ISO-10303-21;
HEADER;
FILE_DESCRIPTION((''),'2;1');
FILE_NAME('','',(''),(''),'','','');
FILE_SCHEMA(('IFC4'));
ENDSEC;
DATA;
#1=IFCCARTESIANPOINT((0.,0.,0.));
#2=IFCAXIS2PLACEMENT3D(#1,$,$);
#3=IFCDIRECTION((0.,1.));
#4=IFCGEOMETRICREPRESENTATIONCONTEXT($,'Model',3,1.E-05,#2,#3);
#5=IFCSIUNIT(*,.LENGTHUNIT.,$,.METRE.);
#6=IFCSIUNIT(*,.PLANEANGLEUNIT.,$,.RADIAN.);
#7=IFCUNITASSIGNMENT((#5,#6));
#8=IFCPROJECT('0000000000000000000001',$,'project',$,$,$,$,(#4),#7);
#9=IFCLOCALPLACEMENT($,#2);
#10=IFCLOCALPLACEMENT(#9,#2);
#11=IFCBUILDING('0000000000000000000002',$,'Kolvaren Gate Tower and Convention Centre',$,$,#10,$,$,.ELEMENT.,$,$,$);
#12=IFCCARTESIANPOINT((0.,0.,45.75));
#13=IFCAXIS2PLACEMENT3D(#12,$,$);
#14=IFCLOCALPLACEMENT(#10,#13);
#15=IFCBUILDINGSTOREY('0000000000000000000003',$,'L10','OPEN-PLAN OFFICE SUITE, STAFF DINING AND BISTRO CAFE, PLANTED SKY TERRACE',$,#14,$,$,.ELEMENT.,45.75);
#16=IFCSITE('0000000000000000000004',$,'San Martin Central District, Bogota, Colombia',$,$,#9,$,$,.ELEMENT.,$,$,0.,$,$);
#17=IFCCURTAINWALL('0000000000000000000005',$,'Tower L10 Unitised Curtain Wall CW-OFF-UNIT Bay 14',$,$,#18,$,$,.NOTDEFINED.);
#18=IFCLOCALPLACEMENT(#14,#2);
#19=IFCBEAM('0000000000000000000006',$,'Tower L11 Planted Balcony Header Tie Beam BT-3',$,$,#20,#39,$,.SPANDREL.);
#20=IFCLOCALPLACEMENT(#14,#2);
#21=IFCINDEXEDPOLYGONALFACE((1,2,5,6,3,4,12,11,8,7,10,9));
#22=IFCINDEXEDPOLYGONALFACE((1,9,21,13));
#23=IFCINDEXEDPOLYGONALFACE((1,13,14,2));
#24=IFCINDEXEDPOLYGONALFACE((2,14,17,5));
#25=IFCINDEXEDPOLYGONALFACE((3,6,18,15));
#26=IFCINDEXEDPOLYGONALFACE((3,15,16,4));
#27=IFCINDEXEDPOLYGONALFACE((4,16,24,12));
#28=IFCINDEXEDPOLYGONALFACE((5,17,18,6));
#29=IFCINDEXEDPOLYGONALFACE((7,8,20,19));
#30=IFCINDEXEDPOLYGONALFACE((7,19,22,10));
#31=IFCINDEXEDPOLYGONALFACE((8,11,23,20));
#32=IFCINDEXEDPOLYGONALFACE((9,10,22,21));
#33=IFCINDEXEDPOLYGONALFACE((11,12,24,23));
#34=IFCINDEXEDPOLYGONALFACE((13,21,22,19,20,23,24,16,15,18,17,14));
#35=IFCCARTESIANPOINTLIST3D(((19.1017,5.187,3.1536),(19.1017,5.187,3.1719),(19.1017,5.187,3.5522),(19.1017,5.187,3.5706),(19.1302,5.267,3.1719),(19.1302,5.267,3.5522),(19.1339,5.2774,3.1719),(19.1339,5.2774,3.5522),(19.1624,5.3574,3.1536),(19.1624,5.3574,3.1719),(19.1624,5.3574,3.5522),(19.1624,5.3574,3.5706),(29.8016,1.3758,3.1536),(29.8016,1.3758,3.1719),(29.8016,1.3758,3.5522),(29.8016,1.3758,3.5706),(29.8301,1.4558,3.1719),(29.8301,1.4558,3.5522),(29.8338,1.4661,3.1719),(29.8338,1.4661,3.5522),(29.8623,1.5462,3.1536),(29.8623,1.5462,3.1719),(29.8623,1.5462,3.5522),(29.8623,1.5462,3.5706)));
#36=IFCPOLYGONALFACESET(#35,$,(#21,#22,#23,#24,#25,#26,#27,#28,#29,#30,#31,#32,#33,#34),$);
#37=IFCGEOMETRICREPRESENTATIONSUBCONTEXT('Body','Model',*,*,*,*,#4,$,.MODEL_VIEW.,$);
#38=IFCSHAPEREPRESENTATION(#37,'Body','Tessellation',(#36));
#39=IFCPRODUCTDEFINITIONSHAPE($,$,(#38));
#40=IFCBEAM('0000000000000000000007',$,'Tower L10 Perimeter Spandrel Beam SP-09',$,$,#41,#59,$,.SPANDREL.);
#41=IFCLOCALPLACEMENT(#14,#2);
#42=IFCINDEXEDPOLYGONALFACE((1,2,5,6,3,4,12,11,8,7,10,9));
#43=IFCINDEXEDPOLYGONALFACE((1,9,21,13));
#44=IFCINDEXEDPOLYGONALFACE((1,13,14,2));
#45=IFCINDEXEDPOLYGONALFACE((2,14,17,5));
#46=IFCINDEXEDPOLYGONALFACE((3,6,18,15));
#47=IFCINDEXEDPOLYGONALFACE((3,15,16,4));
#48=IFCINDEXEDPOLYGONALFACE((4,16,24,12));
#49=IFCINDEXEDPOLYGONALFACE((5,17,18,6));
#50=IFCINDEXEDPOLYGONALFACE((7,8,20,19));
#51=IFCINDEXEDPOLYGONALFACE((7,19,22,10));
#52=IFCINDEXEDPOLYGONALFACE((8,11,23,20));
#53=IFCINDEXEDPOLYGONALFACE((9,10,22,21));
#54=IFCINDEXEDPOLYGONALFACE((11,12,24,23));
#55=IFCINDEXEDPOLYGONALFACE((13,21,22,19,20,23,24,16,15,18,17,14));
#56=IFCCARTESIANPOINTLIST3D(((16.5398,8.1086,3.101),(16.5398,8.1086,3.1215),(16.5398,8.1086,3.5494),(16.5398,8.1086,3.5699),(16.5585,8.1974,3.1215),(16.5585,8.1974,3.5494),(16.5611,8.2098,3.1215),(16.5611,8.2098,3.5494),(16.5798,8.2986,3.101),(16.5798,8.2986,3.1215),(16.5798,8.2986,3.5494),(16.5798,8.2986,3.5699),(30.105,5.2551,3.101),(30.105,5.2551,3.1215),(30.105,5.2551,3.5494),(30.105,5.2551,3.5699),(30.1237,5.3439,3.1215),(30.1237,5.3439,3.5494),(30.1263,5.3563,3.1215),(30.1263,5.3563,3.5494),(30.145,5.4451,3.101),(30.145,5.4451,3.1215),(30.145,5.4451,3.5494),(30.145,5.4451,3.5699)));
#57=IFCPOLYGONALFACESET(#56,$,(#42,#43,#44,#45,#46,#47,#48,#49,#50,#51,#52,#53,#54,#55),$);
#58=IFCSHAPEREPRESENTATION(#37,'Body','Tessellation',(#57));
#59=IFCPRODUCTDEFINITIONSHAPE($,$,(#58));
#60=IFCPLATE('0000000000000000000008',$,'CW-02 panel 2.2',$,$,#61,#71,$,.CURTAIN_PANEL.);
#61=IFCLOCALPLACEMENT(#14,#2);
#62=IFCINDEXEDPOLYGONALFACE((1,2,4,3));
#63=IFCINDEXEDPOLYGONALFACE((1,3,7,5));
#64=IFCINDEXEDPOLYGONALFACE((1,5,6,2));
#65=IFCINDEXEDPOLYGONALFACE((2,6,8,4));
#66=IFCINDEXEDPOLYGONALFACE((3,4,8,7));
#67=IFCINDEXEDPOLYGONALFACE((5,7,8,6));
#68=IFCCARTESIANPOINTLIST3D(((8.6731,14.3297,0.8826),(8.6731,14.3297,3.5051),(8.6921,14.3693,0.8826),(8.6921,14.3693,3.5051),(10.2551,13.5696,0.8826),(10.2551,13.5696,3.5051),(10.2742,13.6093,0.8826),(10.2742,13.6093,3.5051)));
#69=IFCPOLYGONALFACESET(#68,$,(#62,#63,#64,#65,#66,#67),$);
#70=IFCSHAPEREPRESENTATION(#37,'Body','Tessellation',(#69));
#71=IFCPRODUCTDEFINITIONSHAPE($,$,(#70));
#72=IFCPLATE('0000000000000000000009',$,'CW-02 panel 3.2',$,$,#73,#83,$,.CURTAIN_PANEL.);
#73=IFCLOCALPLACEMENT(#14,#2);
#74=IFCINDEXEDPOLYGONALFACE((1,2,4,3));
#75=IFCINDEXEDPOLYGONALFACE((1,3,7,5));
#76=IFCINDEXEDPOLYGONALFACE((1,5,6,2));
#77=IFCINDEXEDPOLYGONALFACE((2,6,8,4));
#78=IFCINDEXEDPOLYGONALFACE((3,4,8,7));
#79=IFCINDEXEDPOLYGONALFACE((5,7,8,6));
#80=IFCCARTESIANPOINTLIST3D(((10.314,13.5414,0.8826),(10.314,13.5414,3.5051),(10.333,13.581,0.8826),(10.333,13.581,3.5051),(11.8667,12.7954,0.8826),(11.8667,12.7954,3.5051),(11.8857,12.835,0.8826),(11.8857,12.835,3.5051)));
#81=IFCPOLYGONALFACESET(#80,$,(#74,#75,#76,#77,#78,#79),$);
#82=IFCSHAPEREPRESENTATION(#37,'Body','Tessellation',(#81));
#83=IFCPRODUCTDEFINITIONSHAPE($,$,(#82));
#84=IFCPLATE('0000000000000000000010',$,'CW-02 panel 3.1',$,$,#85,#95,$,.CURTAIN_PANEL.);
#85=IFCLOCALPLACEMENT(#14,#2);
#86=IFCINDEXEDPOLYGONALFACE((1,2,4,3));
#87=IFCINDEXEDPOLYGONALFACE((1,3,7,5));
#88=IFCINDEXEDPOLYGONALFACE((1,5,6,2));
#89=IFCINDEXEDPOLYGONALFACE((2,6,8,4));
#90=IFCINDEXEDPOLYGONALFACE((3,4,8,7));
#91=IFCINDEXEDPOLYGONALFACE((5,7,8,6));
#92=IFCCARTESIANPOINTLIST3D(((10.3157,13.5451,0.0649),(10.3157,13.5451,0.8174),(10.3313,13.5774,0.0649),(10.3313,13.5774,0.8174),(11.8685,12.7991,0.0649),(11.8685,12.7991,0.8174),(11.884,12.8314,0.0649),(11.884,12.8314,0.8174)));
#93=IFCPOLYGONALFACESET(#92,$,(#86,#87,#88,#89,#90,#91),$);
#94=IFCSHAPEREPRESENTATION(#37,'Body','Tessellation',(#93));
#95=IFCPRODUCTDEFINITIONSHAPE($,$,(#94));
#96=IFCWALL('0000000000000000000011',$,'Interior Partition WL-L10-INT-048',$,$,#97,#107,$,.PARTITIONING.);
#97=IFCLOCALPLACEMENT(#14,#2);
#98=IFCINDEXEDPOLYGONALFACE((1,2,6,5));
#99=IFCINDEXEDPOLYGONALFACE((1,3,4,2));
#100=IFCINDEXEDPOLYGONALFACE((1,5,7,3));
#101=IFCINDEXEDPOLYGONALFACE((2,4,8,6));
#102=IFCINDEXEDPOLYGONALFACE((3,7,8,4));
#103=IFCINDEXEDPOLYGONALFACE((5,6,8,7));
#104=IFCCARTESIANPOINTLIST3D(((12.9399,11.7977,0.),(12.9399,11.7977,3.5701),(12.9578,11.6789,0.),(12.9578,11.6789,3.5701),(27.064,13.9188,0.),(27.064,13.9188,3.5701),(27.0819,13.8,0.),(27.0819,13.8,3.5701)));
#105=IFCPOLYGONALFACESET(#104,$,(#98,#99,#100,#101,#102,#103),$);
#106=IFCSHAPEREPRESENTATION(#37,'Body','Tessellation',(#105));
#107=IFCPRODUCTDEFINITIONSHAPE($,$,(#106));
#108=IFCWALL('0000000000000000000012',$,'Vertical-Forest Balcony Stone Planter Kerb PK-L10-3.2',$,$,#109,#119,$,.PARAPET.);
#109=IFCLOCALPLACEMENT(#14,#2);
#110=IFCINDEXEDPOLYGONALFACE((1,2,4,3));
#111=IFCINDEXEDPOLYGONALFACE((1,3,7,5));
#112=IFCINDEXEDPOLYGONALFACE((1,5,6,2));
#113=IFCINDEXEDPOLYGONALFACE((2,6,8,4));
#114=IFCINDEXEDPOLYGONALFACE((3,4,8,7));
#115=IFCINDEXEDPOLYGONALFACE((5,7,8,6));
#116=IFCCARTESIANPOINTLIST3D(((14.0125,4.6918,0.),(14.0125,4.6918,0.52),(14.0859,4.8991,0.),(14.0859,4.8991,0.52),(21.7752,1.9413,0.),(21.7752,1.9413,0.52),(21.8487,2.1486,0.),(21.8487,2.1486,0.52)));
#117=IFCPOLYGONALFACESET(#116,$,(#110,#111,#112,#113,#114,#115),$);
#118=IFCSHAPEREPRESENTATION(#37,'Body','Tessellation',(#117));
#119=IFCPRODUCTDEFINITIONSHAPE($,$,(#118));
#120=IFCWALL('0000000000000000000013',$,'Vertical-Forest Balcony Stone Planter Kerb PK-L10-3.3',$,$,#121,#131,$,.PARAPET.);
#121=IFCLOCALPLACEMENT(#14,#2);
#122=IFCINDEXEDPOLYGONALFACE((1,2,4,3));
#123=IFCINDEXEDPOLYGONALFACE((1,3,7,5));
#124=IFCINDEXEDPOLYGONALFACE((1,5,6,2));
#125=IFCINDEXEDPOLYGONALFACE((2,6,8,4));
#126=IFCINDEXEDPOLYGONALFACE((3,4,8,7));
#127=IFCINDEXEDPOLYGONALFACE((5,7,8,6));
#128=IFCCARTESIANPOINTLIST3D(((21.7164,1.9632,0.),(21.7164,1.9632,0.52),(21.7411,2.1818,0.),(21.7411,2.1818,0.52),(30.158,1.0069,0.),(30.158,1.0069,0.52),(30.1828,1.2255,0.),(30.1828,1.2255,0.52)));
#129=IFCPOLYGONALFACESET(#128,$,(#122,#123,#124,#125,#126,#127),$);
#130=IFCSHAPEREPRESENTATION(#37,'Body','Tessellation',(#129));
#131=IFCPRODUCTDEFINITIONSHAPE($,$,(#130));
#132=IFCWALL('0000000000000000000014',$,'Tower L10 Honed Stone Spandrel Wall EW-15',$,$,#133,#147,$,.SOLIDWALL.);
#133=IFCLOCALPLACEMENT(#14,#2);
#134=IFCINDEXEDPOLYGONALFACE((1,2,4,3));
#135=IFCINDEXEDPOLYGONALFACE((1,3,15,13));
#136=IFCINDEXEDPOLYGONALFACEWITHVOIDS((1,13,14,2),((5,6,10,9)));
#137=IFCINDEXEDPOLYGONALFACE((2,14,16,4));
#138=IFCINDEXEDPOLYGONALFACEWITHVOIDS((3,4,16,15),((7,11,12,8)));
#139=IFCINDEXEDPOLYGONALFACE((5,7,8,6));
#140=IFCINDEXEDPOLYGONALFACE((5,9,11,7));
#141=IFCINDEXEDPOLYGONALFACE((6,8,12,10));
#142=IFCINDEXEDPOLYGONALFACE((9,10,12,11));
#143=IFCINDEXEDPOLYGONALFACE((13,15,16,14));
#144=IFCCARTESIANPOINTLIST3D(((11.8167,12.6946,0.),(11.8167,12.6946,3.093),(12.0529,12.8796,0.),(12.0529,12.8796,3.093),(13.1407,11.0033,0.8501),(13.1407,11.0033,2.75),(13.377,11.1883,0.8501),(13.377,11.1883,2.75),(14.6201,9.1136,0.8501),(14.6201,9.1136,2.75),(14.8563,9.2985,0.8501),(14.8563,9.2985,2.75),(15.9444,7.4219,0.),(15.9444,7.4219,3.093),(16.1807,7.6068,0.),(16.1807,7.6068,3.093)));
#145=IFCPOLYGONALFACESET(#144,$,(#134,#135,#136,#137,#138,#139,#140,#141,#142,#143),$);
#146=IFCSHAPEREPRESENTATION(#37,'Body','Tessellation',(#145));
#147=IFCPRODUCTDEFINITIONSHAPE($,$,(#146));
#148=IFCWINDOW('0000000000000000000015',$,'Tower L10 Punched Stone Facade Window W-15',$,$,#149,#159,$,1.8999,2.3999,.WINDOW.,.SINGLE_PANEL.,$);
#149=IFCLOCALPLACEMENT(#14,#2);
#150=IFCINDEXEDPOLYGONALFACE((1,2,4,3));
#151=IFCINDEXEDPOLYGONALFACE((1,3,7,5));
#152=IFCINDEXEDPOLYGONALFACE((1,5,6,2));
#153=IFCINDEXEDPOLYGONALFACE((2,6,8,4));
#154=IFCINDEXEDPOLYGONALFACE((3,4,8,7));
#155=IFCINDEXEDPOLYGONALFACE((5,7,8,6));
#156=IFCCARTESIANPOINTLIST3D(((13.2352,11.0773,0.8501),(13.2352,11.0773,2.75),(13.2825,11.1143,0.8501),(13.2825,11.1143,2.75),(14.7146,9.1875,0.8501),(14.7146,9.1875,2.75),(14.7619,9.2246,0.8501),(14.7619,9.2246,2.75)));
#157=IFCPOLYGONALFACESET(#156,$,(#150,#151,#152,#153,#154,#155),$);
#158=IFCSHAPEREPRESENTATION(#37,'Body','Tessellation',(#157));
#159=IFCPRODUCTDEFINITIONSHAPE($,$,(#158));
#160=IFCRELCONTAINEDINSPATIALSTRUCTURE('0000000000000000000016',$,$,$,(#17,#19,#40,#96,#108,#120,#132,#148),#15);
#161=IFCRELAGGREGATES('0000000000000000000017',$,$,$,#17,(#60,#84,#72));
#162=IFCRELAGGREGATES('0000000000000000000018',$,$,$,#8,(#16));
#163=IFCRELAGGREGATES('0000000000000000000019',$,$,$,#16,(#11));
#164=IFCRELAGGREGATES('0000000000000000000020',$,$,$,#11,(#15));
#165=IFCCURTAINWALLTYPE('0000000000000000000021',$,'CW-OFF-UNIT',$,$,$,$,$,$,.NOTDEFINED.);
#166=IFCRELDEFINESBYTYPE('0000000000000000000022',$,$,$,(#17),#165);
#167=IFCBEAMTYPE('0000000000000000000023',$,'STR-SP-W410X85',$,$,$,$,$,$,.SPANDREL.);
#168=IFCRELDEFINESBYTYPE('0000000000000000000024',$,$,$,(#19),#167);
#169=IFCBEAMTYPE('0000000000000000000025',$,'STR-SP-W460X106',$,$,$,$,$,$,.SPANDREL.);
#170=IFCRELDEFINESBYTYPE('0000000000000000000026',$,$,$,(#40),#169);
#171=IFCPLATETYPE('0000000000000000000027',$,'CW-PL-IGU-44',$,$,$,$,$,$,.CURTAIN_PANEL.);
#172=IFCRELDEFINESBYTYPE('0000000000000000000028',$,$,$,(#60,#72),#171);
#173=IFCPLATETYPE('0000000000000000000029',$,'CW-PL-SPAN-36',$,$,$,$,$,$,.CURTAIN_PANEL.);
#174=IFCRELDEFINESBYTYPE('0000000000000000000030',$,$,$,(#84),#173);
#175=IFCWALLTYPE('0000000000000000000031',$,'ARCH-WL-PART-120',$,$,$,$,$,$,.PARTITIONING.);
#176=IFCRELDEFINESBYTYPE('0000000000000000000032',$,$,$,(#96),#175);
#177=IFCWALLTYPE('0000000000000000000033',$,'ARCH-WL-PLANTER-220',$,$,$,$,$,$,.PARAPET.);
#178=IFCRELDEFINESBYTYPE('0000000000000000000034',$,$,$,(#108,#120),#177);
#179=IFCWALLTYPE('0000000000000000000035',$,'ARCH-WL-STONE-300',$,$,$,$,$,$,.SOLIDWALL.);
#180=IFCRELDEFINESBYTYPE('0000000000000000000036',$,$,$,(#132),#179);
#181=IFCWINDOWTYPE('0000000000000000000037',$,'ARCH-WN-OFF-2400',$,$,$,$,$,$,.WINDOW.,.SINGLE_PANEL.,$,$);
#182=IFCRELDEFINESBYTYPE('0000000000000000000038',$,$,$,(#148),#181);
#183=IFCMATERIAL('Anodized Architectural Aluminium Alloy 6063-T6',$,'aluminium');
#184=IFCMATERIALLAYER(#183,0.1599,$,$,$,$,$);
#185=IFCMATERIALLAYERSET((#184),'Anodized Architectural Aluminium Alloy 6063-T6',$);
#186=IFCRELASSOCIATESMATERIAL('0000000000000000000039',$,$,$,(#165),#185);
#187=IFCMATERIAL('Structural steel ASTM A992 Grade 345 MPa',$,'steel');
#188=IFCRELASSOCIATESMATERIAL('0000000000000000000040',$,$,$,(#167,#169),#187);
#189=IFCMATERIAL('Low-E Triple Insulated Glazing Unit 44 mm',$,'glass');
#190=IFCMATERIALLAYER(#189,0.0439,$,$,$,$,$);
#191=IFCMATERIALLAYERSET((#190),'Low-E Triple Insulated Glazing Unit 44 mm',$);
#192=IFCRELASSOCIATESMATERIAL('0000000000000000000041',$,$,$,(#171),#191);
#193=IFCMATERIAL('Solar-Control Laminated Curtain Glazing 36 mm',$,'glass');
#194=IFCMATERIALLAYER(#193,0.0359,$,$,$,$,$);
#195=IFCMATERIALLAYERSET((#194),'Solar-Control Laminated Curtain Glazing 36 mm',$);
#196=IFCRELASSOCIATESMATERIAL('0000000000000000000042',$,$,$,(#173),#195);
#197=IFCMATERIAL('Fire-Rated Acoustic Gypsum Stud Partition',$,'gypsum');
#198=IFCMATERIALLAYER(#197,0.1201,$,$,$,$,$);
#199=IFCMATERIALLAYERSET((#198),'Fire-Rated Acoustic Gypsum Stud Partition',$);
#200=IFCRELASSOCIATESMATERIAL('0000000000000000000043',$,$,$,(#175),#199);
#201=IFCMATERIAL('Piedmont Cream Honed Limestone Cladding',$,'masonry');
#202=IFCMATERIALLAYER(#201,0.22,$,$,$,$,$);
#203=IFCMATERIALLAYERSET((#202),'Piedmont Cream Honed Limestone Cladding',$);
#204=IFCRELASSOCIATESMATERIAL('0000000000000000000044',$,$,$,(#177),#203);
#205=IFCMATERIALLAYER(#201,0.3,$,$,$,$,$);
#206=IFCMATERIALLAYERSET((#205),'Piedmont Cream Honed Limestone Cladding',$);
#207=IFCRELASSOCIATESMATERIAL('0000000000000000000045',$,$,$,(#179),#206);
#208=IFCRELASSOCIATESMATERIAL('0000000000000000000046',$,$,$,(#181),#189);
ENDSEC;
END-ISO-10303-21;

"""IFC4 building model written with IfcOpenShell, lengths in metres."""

from ifc_helpers import new_model, si_unit, direction, frame, frame_2d, origin, origin_2d, place, context, subcontext, project, spatial, rectangle, i_section, extrude, material, layer, layer_set, material_profile, profile_set, type_object, element, fill, aggregate, save


model = new_model("IFC4")

# Units and contexts
model_context = context("Model", 3, precision=1e-05, world=origin(), true_north=direction((0.0, 1.0)))
body_context = subcontext(model_context, "Body", "Model", "MODEL_VIEW")
ifc_project = project(units=[si_unit("LENGTHUNIT", "METRE"), si_unit("PLANEANGLEUNIT", "RADIAN")], contexts=[model_context])

# Site, building, storey
site_placement = place(None, origin())
site = spatial("IfcSite", under=ifc_project, at=site_placement, Name="San Martin Central District, Bogota, Colombia", CompositionType="ELEMENT", RefElevation=0.0)
building_placement = place(site_placement, origin())
building = spatial("IfcBuilding", under=site, at=building_placement, Name="Kolvaren Gate Tower and Convention Centre", CompositionType="ELEMENT")
storey_placement = place(building_placement, frame((0.0, 0.0, 45.75)))
storey = spatial("IfcBuildingStorey", under=building, at=storey_placement, Name="L10", Description="OPEN-PLAN OFFICE SUITE, STAFF DINING AND BISTRO CAFE, PLANTED SKY TERRACE", CompositionType="ELEMENT", Elevation=45.75)

# Curtain wall
ifc_material_1 = material(Name="Anodized Architectural Aluminium Alloy 6063-T6", Category="aluminium")
ifc_layer_1 = layer(ifc_material_1, 0.1599)
ifc_layer_set_1 = layer_set([ifc_layer_1], Name="Anodized Architectural Aluminium Alloy 6063-T6")
curtain_wall_type = type_object("IfcCurtainWallType", Name="CW-OFF-UNIT", PredefinedType="NOTDEFINED", material=ifc_layer_set_1)
curtain_wall_placement = place(storey_placement, origin())
curtain_wall = element("IfcCurtainWall", 1, at=curtain_wall_placement, inside=storey, type_object=curtain_wall_type, Name="Tower L10 Unitised Curtain Wall CW-OFF-UNIT Bay 14", PredefinedType="NOTDEFINED")

# Beams
ifc_material_2 = material(Name="Structural steel ASTM A992 Grade 345 MPa", Category="steel")
ifc_material_profile_1 = material_profile(ifc_material_2, i_section(OverallWidth=0.1809, OverallDepth=0.417, WebThickness=0.011, FlangeThickness=0.0183, at=origin_2d()), Name="W410X85")
ifc_profile_set_1 = profile_set([ifc_material_profile_1], Name="Structural steel ASTM A992 Grade 345 MPa")
beam_type_1 = type_object("IfcBeamType", Name="STR-SP-W410X85", PredefinedType="SPANDREL", material=ifc_profile_set_1)
beam_1_placement = place(storey_placement, frame((19.1321, 5.2722, 3.3621), z_axis=(0.942024, -0.335545, 0.0), x_axis=(0.335545, 0.942024, 0.0)))
element("IfcBeam", 2, at=beam_1_placement, inside=storey, type_object=beam_type_1, Name="Tower L11 Planted Balcony Header Tie Beam BT-3", PredefinedType="SPANDREL", context=body_context, shape_type="SweptSolid", body=[
    extrude(i_section(OverallWidth=0.1809, OverallDepth=0.417, WebThickness=0.011, FlangeThickness=0.0183, at=origin_2d()), origin(), (0.0, 0.0, 1.0), 11.3584),
])
ifc_material_profile_2 = material_profile(ifc_material_2, i_section(OverallWidth=0.1941, OverallDepth=0.469, WebThickness=0.0127, FlangeThickness=0.0205, at=origin_2d()), Name="W460X106")
ifc_profile_set_2 = profile_set([ifc_material_profile_2], Name="Structural steel ASTM A992 Grade 345 MPa")
beam_type_2 = type_object("IfcBeamType", Name="STR-SP-W460X106", PredefinedType="SPANDREL", material=ifc_profile_set_2)
beam_2_placement = place(storey_placement, frame((16.5598, 8.2036, 3.3354), z_axis=(0.978583, -0.205851, 0.0), x_axis=(0.205851, 0.978583, 0.0)))
element("IfcBeam", 3, at=beam_2_placement, inside=storey, type_object=beam_type_2, Name="Tower L10 Perimeter Spandrel Beam SP-09", PredefinedType="SPANDREL", context=body_context, shape_type="SweptSolid", body=[
    extrude(i_section(OverallWidth=0.1941, OverallDepth=0.469, WebThickness=0.0127, FlangeThickness=0.0205, at=origin_2d()), origin(), (0.0, 0.0, 1.0), 13.8621),
])

# Plates
ifc_material_3 = material(Name="Low-E Triple Insulated Glazing Unit 44 mm", Category="glass")
ifc_layer_2 = layer(ifc_material_3, 0.0439)
ifc_layer_set_2 = layer_set([ifc_layer_2], Name="Low-E Triple Insulated Glazing Unit 44 mm")
plate_type_1 = type_object("IfcPlateType", Name="CW-PL-IGU-44", PredefinedType="CURTAIN_PANEL", material=ifc_layer_set_2)
plate_1_placement = place(storey_placement, frame((9.4736, 13.9695, 0.8826), z_axis=(0.0, 0.0, 1.0), x_axis=(0.901367, -0.433057, 0.0)))
plate_1 = element("IfcPlate", 4, at=plate_1_placement, type_object=plate_type_1, Name="CW-02 panel 2.2", PredefinedType="CURTAIN_PANEL", context=body_context, shape_type="SweptSolid", body=[
    extrude(rectangle(XDim=1.7551, YDim=0.0439, at=origin_2d()), origin(), (0.0, 0.0, 1.0), 2.6226),
])
plate_2_placement = place(storey_placement, frame((11.0999, 13.1882, 0.8826), z_axis=(0.0, 0.0, 1.0), x_axis=(0.901367, -0.433057, 0.0)))
plate_2 = element("IfcPlate", 5, at=plate_2_placement, type_object=plate_type_1, Name="CW-02 panel 3.2", PredefinedType="CURTAIN_PANEL", context=body_context, shape_type="SweptSolid", body=[
    extrude(rectangle(XDim=1.7227, YDim=0.0439, at=origin_2d()), origin(), (0.0, 0.0, 1.0), 2.6226),
])
ifc_material_4 = material(Name="Solar-Control Laminated Curtain Glazing 36 mm", Category="glass")
ifc_layer_3 = layer(ifc_material_4, 0.0359)
ifc_layer_set_3 = layer_set([ifc_layer_3], Name="Solar-Control Laminated Curtain Glazing 36 mm")
plate_type_2 = type_object("IfcPlateType", Name="CW-PL-SPAN-36", PredefinedType="CURTAIN_PANEL", material=ifc_layer_set_3)
plate_3_placement = place(storey_placement, frame((11.0999, 13.1882, 0.0649), z_axis=(0.0, 0.0, 1.0), x_axis=(0.901367, -0.433057, 0.0)))
plate_3 = element("IfcPlate", 6, at=plate_3_placement, type_object=plate_type_2, Name="CW-02 panel 3.1", PredefinedType="CURTAIN_PANEL", context=body_context, shape_type="SweptSolid", body=[
    extrude(rectangle(XDim=1.7227, YDim=0.0359, at=origin_2d()), origin(), (0.0, 0.0, 1.0), 0.7524),
])
aggregate(curtain_wall, [plate_1, plate_3, plate_2])

# Walls
ifc_material_5 = material(Name="Fire-Rated Acoustic Gypsum Stud Partition", Category="gypsum")
ifc_layer_4 = layer(ifc_material_5, 0.1201)
ifc_layer_set_4 = layer_set([ifc_layer_4], Name="Fire-Rated Acoustic Gypsum Stud Partition")
wall_type_1 = type_object("IfcWallType", Name="ARCH-WL-PART-120", PredefinedType="PARTITIONING", material=ifc_layer_set_4)
wall_1_placement = place(storey_placement, frame((12.949, 11.7383, 0.0), z_axis=(0.0, 0.0, 1.0), x_axis=(0.988911, 0.148511, 0.0)))
element("IfcWall", 7, at=wall_1_placement, inside=storey, type_object=wall_type_1, Name="Interior Partition WL-L10-INT-048", PredefinedType="PARTITIONING", context=body_context, shape_type="SweptSolid", body=[
    extrude(rectangle(XDim=14.2825, YDim=0.1201, at=frame_2d((7.1411, 0.0))), origin(), (0.0, 0.0, 1.0), 3.5701),
])
ifc_material_6 = material(Name="Piedmont Cream Honed Limestone Cladding", Category="masonry")
ifc_layer_5 = layer(ifc_material_6, 0.22)
ifc_layer_set_5 = layer_set([ifc_layer_5], Name="Piedmont Cream Honed Limestone Cladding")
wall_type_2 = type_object("IfcWallType", Name="ARCH-WL-PLANTER-220", PredefinedType="PARAPET", material=ifc_layer_set_5)
wall_2_placement = place(storey_placement, frame((14.0493, 4.7954, 0.0), z_axis=(0.0, 0.0, 1.0), x_axis=(0.942581, -0.333977, 0.0)))
element("IfcWall", 8, at=wall_2_placement, inside=storey, type_object=wall_type_2, Name="Vertical-Forest Balcony Stone Planter Kerb PK-L10-3.2", PredefinedType="PARAPET", context=body_context, shape_type="SweptSolid", body=[
    extrude(rectangle(XDim=8.2356, YDim=0.22, at=frame_2d((4.1177, 0.0))), origin(), (0.0, 0.0, 1.0), 0.52),
])
wall_3_placement = place(storey_placement, frame((21.7288, 2.0725, 0.0), z_axis=(0.0, 0.0, 1.0), x_axis=(0.993645, -0.112563, 0.0)))
element("IfcWall", 9, at=wall_3_placement, inside=storey, type_object=wall_type_2, Name="Vertical-Forest Balcony Stone Planter Kerb PK-L10-3.3", PredefinedType="PARAPET", context=body_context, shape_type="SweptSolid", body=[
    extrude(rectangle(XDim=8.4956, YDim=0.22, at=frame_2d((4.2478, 0.0))), origin(), (0.0, 0.0, 1.0), 0.52),
])

# Wall, opening, window
ifc_layer_6 = layer(ifc_material_6, 0.3)
ifc_layer_set_6 = layer_set([ifc_layer_6], Name="Piedmont Cream Honed Limestone Cladding")
wall_type_3 = type_object("IfcWallType", Name="ARCH-WL-STONE-300", PredefinedType="SOLIDWALL", material=ifc_layer_set_6)
wall_4_placement = place(storey_placement, frame((11.9348, 12.7871, 0.0), z_axis=(0.0, 0.0, 1.0), x_axis=(0.616421, -0.787417, 0.0)))
wall_4 = element("IfcWall", 10, at=wall_4_placement, inside=storey, type_object=wall_type_3, Name="Tower L10 Honed Stone Spandrel Wall EW-15", PredefinedType="SOLIDWALL", context=body_context, shape_type="SweptSolid", body=[
    extrude(rectangle(XDim=6.6963, YDim=0.3, at=frame_2d((3.3481, 0.0))), origin(), (0.0, 0.0, 1.0), 3.093),
])
opening_1_placement = place(wall_4_placement, frame((2.1479, 0.0, 0.8501)))
opening_1 = element("IfcOpeningElement", 11, at=opening_1_placement, cuts=wall_4, PredefinedType="OPENING", context=body_context, shape_type="SweptSolid", body=[
    extrude(rectangle(XDim=2.3999, YDim=1.8999, at=frame_2d((1.2, 0.95))), frame((0.0, 0.1599, 0.0), z_axis=(0.0, -1.0, 0.0), x_axis=(1.0, 0.0, 0.0)), (0.0, 0.0, 1.0), 0.3201),
])
window_type = type_object("IfcWindowType", Name="ARCH-WN-OFF-2400", PartitioningType="SINGLE_PANEL", PredefinedType="WINDOW", material=ifc_material_3)
window_1_placement = place(opening_1_placement, origin())
window_1 = element("IfcWindow", 12, at=window_1_placement, inside=storey, type_object=window_type, Name="Tower L10 Punched Stone Facade Window W-15", OverallHeight=1.8999, OverallWidth=2.3999, PartitioningType="SINGLE_PANEL", PredefinedType="WINDOW", context=body_context, shape_type="SweptSolid", body=[
    extrude(rectangle(XDim=2.3999, YDim=1.8999, at=frame_2d((1.2, 0.95))), frame((0.0, 0.03, 0.0), z_axis=(0.0, -1.0, 0.0), x_axis=(1.0, 0.0, 0.0)), (0.0, 0.0, 1.0), 0.0601),
])
fill(opening_1, window_1)

save(model, "model.ifc")
